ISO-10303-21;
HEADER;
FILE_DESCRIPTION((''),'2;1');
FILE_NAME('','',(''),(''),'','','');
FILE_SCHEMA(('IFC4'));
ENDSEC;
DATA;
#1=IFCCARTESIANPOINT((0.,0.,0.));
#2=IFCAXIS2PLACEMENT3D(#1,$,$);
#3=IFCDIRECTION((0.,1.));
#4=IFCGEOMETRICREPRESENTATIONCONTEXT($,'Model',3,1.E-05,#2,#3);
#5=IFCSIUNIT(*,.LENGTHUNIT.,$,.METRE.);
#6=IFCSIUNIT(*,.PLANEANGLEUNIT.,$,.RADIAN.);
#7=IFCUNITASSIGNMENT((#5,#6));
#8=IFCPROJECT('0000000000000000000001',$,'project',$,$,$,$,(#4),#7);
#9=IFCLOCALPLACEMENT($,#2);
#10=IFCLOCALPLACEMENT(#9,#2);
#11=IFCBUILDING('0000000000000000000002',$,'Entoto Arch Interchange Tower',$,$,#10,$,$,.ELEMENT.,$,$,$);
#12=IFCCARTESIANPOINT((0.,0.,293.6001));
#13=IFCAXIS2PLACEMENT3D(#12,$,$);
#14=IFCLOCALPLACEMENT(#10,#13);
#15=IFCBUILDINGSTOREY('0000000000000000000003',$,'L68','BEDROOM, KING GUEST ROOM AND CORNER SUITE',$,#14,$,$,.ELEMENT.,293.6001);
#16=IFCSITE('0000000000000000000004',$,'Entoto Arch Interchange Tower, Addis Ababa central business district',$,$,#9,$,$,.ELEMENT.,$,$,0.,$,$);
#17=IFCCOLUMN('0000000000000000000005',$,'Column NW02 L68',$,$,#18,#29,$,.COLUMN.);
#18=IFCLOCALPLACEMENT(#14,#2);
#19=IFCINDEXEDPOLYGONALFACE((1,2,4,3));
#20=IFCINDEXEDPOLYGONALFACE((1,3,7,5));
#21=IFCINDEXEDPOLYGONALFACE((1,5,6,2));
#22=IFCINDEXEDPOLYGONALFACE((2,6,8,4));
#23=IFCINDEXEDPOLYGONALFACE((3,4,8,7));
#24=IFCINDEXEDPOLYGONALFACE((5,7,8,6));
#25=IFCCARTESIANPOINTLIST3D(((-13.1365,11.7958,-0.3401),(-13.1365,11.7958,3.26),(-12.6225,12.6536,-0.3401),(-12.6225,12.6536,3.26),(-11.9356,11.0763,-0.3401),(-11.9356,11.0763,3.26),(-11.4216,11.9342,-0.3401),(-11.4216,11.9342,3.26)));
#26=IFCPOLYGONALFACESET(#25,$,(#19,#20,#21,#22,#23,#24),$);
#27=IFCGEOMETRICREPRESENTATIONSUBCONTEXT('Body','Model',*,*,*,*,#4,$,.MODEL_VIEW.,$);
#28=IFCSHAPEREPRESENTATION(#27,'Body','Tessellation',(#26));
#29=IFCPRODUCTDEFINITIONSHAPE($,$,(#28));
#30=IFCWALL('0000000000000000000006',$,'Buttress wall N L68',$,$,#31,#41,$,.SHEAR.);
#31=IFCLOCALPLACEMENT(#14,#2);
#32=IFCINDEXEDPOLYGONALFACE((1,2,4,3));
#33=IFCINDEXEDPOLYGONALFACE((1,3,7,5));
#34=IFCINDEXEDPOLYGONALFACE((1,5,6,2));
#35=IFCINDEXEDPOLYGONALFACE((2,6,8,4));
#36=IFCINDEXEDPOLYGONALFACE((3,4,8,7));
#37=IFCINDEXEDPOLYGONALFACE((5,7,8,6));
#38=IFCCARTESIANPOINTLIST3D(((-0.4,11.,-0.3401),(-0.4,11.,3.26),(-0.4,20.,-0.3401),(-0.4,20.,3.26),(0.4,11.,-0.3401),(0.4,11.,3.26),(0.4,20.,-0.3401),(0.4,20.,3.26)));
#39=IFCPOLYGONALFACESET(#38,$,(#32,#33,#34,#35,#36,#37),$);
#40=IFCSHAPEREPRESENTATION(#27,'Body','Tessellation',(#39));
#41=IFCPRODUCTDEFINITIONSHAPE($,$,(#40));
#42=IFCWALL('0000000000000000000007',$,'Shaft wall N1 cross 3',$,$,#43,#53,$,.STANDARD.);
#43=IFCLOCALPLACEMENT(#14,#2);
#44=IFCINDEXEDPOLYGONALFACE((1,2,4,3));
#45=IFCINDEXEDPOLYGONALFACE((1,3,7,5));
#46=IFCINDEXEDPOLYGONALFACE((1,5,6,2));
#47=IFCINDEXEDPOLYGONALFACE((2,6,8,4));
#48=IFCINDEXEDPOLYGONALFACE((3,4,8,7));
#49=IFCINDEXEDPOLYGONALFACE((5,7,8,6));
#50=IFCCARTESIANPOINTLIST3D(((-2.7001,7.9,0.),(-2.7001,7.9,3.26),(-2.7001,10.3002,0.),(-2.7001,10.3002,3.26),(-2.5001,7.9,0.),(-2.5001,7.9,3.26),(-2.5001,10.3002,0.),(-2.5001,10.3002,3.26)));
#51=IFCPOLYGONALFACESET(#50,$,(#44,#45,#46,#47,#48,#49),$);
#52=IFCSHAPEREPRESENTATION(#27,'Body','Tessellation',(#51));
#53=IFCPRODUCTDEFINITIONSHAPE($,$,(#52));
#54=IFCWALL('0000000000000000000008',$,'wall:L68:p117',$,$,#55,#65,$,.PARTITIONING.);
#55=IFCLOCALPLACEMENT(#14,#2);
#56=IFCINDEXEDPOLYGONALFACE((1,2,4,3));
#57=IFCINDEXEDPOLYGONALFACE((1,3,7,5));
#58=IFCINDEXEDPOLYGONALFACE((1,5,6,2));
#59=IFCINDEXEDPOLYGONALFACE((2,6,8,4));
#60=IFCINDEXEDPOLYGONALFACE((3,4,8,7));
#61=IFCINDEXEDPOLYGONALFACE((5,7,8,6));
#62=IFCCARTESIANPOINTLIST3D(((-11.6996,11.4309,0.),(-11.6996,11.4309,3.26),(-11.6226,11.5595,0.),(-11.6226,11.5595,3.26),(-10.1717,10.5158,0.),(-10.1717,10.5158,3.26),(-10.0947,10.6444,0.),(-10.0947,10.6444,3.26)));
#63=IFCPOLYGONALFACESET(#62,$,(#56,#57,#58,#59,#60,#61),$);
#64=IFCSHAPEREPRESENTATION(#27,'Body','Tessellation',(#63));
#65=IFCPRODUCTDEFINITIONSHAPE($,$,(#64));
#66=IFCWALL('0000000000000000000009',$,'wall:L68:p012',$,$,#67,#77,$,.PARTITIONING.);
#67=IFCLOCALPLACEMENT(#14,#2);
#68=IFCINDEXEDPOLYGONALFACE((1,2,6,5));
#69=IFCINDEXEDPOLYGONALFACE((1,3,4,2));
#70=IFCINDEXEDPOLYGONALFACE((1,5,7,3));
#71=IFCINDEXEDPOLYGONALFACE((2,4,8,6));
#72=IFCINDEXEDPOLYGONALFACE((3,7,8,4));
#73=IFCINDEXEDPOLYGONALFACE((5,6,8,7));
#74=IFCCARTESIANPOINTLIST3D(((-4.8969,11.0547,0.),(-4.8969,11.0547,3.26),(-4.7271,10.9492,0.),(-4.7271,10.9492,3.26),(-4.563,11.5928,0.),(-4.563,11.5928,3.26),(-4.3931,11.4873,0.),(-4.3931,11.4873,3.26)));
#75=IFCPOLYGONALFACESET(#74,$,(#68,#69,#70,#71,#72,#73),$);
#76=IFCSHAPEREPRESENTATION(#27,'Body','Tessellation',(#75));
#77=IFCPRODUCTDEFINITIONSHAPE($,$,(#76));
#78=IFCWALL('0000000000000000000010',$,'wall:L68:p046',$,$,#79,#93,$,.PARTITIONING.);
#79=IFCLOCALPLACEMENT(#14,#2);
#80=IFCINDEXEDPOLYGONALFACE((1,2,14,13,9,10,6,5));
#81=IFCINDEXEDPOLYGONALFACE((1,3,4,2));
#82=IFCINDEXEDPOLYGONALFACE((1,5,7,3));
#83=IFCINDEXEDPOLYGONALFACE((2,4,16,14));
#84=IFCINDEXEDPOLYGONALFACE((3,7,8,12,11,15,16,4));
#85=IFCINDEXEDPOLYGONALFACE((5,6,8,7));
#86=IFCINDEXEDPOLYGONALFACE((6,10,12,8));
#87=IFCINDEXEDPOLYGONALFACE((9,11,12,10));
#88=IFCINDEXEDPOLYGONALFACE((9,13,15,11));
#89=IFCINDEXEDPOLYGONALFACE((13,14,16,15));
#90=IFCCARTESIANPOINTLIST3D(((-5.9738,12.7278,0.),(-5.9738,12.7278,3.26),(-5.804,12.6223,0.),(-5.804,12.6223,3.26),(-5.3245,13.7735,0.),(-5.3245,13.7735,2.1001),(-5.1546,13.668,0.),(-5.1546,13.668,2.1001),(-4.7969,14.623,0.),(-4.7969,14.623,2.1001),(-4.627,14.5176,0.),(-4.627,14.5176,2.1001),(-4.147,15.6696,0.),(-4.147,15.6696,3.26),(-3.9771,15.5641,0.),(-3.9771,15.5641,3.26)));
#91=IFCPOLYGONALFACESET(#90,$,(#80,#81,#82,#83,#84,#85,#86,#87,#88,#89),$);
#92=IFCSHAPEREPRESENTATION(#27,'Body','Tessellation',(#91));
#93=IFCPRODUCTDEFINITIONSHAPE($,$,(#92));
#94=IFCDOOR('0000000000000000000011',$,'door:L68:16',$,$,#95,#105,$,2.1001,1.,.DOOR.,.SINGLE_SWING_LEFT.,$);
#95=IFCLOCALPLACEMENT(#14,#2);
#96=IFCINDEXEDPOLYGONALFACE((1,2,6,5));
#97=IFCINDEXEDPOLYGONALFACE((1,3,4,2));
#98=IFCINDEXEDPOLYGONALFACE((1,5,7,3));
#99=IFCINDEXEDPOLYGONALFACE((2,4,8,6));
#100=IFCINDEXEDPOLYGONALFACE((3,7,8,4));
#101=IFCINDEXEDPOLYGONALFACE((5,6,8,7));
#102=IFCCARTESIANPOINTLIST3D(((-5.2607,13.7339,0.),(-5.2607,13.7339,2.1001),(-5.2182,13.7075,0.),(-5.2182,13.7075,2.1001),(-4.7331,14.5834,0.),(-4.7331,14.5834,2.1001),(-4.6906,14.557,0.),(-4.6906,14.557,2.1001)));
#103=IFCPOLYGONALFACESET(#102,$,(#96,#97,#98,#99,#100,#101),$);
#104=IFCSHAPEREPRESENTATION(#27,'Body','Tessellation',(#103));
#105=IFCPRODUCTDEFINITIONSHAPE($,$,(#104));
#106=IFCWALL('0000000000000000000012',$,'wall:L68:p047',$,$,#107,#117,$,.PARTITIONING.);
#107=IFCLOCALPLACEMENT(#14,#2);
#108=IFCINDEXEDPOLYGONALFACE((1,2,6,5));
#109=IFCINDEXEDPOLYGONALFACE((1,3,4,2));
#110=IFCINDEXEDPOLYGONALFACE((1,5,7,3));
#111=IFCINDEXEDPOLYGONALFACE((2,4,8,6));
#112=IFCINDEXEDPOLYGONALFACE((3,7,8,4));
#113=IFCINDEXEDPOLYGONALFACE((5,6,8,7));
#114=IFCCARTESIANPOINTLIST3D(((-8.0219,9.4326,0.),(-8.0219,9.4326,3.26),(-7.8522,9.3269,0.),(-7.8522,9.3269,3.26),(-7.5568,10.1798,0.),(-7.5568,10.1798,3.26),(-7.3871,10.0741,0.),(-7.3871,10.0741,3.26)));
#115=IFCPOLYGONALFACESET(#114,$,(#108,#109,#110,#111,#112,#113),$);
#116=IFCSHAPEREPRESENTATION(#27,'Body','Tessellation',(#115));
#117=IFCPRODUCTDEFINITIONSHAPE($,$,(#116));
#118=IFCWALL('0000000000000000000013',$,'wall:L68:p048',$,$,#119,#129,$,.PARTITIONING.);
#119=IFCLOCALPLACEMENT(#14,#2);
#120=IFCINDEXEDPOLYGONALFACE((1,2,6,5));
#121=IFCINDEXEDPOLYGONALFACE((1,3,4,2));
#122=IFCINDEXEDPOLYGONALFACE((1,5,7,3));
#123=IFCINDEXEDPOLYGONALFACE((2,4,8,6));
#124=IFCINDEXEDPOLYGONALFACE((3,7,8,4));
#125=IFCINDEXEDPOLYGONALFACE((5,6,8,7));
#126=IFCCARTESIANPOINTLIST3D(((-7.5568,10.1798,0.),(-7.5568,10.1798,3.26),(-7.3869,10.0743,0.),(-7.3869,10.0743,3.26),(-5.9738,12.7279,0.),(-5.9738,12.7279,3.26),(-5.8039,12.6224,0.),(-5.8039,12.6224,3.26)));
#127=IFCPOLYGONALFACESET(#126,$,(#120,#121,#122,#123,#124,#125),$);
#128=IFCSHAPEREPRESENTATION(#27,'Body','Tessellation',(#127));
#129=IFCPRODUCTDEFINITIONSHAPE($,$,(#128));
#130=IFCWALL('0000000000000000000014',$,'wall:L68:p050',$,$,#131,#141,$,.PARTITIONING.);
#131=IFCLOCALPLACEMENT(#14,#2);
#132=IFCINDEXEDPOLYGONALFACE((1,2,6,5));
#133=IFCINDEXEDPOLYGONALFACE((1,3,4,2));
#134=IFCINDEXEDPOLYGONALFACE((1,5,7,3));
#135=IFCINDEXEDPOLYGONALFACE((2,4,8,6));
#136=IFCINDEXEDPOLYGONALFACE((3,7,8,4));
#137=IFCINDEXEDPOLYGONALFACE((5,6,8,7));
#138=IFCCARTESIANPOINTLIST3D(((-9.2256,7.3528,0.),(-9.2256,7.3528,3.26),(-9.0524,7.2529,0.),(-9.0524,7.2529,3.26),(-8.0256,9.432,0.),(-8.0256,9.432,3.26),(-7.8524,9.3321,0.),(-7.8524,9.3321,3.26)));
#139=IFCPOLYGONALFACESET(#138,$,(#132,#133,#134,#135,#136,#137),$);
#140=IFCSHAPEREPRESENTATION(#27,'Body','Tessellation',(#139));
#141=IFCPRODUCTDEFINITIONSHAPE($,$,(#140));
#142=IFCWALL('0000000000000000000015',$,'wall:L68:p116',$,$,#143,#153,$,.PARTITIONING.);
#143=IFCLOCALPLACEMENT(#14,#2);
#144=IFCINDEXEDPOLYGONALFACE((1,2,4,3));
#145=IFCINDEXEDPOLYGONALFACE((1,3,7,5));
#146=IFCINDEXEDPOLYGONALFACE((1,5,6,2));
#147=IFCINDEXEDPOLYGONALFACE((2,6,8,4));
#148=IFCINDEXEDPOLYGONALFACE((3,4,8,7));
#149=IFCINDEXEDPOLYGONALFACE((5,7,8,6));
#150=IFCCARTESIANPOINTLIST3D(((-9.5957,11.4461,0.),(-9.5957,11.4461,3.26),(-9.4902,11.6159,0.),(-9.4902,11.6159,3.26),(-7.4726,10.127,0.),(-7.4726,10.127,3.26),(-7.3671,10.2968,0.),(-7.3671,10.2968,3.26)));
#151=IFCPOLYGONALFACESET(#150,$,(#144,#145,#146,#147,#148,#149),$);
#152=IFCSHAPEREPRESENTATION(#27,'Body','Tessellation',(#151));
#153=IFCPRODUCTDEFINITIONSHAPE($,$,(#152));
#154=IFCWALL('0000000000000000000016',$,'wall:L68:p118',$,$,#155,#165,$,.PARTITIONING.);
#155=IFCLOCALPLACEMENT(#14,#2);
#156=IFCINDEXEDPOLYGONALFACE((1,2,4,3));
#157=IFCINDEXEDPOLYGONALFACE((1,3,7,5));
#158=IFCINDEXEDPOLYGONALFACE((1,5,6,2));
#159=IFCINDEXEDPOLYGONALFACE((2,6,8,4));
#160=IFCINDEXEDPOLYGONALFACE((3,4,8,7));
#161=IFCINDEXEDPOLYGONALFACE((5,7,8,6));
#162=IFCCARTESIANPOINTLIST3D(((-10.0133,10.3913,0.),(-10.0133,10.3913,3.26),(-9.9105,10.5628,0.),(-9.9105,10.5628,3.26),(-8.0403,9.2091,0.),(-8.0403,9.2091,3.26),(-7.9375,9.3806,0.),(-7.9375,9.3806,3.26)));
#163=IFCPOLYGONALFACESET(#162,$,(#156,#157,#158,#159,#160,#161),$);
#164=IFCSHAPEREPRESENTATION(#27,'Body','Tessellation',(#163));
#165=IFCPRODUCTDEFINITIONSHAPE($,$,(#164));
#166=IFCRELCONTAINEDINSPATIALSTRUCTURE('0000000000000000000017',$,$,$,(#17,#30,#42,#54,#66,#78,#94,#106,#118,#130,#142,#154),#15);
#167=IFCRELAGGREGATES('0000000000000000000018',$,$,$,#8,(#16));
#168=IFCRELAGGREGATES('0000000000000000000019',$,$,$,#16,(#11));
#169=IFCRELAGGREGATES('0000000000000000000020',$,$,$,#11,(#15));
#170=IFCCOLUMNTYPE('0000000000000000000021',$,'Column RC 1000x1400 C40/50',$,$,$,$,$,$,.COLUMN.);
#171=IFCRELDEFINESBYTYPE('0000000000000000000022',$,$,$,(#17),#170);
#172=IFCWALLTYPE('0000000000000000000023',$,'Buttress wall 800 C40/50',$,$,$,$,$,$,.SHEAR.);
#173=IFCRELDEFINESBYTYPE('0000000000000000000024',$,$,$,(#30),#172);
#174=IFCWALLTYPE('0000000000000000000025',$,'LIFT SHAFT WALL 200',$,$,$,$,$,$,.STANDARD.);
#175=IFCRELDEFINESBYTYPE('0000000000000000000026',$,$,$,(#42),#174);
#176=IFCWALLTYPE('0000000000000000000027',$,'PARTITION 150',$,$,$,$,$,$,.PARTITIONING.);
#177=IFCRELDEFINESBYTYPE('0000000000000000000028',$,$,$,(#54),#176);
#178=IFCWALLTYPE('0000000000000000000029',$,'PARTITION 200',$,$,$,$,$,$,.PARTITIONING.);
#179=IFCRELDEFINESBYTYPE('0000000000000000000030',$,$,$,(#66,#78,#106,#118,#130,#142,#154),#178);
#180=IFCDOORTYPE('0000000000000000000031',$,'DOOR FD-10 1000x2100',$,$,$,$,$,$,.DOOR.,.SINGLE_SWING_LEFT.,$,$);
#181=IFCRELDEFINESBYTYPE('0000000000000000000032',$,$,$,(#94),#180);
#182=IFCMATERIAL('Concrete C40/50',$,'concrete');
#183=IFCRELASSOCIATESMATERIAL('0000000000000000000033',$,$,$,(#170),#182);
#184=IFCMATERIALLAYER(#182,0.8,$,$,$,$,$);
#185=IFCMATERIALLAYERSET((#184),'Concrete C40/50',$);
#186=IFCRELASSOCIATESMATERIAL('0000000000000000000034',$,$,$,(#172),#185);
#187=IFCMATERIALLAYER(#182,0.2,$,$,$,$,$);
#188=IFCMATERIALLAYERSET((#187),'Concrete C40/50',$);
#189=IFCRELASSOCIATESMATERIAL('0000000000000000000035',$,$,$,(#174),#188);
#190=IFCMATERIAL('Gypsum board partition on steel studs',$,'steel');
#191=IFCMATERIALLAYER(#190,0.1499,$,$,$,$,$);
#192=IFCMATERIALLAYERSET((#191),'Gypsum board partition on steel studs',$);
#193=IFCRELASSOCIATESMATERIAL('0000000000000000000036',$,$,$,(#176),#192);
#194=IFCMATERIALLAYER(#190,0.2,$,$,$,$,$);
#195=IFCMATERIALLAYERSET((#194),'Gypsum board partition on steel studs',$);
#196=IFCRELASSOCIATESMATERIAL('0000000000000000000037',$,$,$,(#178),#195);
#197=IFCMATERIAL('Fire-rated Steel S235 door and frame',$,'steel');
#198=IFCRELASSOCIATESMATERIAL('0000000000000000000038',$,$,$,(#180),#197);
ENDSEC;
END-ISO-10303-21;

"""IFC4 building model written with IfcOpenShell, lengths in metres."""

from ifc_helpers import new_model, si_unit, direction, frame, frame_2d, origin, origin_2d, place, context, subcontext, project, spatial, rectangle, extrude, material, layer, layer_set, material_profile, profile_set, type_object, element, fill, save


model = new_model("IFC4")

# Units and contexts
model_context = context("Model", 3, precision=1e-05, world=origin(), true_north=direction((0.0, 1.0)))
body_context = subcontext(model_context, "Body", "Model", "MODEL_VIEW")
ifc_project = project(units=[si_unit("LENGTHUNIT", "METRE"), si_unit("PLANEANGLEUNIT", "RADIAN")], contexts=[model_context])

# Site, building, storey
site_placement = place(None, origin())
site = spatial("IfcSite", under=ifc_project, at=site_placement, Name="Entoto Arch Interchange Tower, Addis Ababa central business district", CompositionType="ELEMENT", RefElevation=0.0)
building_placement = place(site_placement, origin())
building = spatial("IfcBuilding", under=site, at=building_placement, Name="Entoto Arch Interchange Tower", CompositionType="ELEMENT")
storey_placement = place(building_placement, frame((0.0, 0.0, 293.6001)))
storey = spatial("IfcBuildingStorey", under=building, at=storey_placement, Name="L68", Description="BEDROOM, KING GUEST ROOM AND CORNER SUITE", CompositionType="ELEMENT", Elevation=293.6001)

# Column
ifc_material_1 = material(Name="Concrete C40/50", Category="concrete")
ifc_material_profile = material_profile(ifc_material_1, rectangle(XDim=1.0, YDim=1.3999, at=origin_2d()))
ifc_profile_set = profile_set([ifc_material_profile], Name="Concrete C40/50")
column_type = type_object("IfcColumnType", Name="Column RC 1000x1400 C40/50", PredefinedType="COLUMN", material=ifc_profile_set)
column_placement = place(storey_placement, frame((-12.2791, 11.865, -0.3401), z_axis=(0.0, 0.0, 1.0), x_axis=(0.513946, 0.857823, 0.0)))
element("IfcColumn", 1, at=column_placement, inside=storey, type_object=column_type, Name="Column NW02 L68", PredefinedType="COLUMN", context=body_context, shape_type="SweptSolid", body=[
    extrude(rectangle(XDim=1.0, YDim=1.3999, at=origin_2d()), origin(), (0.0, 0.0, 1.0), 3.6001),
])

# Walls
ifc_layer_1 = layer(ifc_material_1, 0.8)
ifc_layer_set_1 = layer_set([ifc_layer_1], Name="Concrete C40/50")
wall_type_1 = type_object("IfcWallType", Name="Buttress wall 800 C40/50", PredefinedType="SHEAR", material=ifc_layer_set_1)
wall_1_placement = place(storey_placement, frame((0.0, 11.0, -0.3401), z_axis=(0.0, 0.0, 1.0), x_axis=(0.0, 1.0, 0.0)))
element("IfcWall", 2, at=wall_1_placement, inside=storey, type_object=wall_type_1, Name="Buttress wall N L68", PredefinedType="SHEAR", context=body_context, shape_type="SweptSolid", body=[
    extrude(rectangle(XDim=9.0, YDim=0.8, at=frame_2d((4.5, 0.0))), origin(), (0.0, 0.0, 1.0), 3.6001),
])
ifc_layer_2 = layer(ifc_material_1, 0.2)
ifc_layer_set_2 = layer_set([ifc_layer_2], Name="Concrete C40/50")
wall_type_2 = type_object("IfcWallType", Name="LIFT SHAFT WALL 200", PredefinedType="STANDARD", material=ifc_layer_set_2)
wall_2_placement = place(storey_placement, frame((-2.6001, 7.8999, 0.0), z_axis=(0.0, 0.0, 1.0), x_axis=(0.0, 1.0, 0.0)))
element("IfcWall", 3, at=wall_2_placement, inside=storey, type_object=wall_type_2, Name="Shaft wall N1 cross 3", PredefinedType="STANDARD", context=body_context, shape_type="SweptSolid", body=[
    extrude(rectangle(XDim=2.4001, YDim=0.2, at=frame_2d((1.2002, 0.0))), origin(), (0.0, 0.0, 1.0), 3.26),
])
ifc_material_2 = material(Name="Gypsum board partition on steel studs", Category="steel")
ifc_layer_3 = layer(ifc_material_2, 0.1499)
ifc_layer_set_3 = layer_set([ifc_layer_3], Name="Gypsum board partition on steel studs")
wall_type_3 = type_object("IfcWallType", Name="PARTITION 150", PredefinedType="PARTITIONING", material=ifc_layer_set_3)
wall_3_placement = place(storey_placement, frame((-10.1331, 10.5801, 0.0), z_axis=(0.0, 0.0, 1.0), x_axis=(-0.857904, 0.51381, 0.0)))
element("IfcWall", 4, at=wall_3_placement, inside=storey, type_object=wall_type_3, Name="wall:L68:p117", PredefinedType="PARTITIONING", context=body_context, shape_type="SweptSolid", body=[
    extrude(rectangle(XDim=1.781, YDim=0.1499, at=frame_2d((0.8906, 0.0))), origin(), (0.0, 0.0, 1.0), 3.26),
])
ifc_layer_4 = layer(ifc_material_2, 0.2)
ifc_layer_set_4 = layer_set([ifc_layer_4], Name="Gypsum board partition on steel studs")
wall_type_4 = type_object("IfcWallType", Name="PARTITION 200", PredefinedType="PARTITIONING", material=ifc_layer_set_4)
wall_4_placement = place(storey_placement, frame((-4.478, 11.54, 0.0), z_axis=(0.0, 0.0, 1.0), x_axis=(-0.527363, -0.84964, 0.0)))
element("IfcWall", 5, at=wall_4_placement, inside=storey, type_object=wall_type_4, Name="wall:L68:p012", PredefinedType="PARTITIONING", context=body_context, shape_type="SweptSolid", body=[
    extrude(rectangle(XDim=0.6333, YDim=0.2, at=frame_2d((0.3167, 0.0))), origin(), (0.0, 0.0, 1.0), 3.26),
])

# Wall, opening, door
wall_5_placement = place(storey_placement, frame((-5.8889, 12.675, 0.0), z_axis=(0.0, 0.0, 1.0), x_axis=(0.527551, 0.849524, 0.0)))
wall_5 = element("IfcWall", 6, at=wall_5_placement, inside=storey, type_object=wall_type_4, Name="wall:L68:p046", PredefinedType="PARTITIONING", context=body_context, shape_type="SweptSolid", body=[
    extrude(rectangle(XDim=3.4629, YDim=0.2, at=frame_2d((1.7314, 0.0))), origin(), (0.0, 0.0, 1.0), 3.26),
])
opening_1_placement = place(wall_5_placement, frame((1.231, 0.0, 0.0)))
opening_1 = element("IfcOpeningElement", 7, at=opening_1_placement, cuts=wall_5, PredefinedType="OPENING", context=body_context, shape_type="SweptSolid", body=[
    extrude(rectangle(XDim=1.0, YDim=2.1001, at=frame_2d((0.5, 1.05))), frame((0.0, 0.1099, 0.0), z_axis=(0.0, -1.0, 0.0), x_axis=(1.0, 0.0, 0.0)), (0.0, 0.0, 1.0), 0.22),
])
ifc_material_3 = material(Name="Fire-rated Steel S235 door and frame", Category="steel")
door_type_1 = type_object("IfcDoorType", Name="DOOR FD-10 1000x2100", OperationType="SINGLE_SWING_LEFT", PredefinedType="DOOR", material=ifc_material_3)
door_1_placement = place(opening_1_placement, origin())
door_1 = element("IfcDoor", 8, at=door_1_placement, inside=storey, type_object=door_type_1, Name="door:L68:16", OperationType="SINGLE_SWING_LEFT", OverallHeight=2.1001, OverallWidth=1.0, PredefinedType="DOOR", context=body_context, shape_type="SweptSolid", body=[
    extrude(rectangle(XDim=1.0, YDim=2.1001, at=frame_2d((0.5, 1.05))), frame((0.0, 0.0249, 0.0), z_axis=(0.0, -1.0, 0.0), x_axis=(1.0, 0.0, 0.0)), (0.0, 0.0, 1.0), 0.05),
])
fill(opening_1, door_1)

# Walls
wall_6_placement = place(storey_placement, frame((-7.937, 9.3799, 0.0), z_axis=(0.0, 0.0, 1.0), x_axis=(0.528502, 0.848932, 0.0)))
element("IfcWall", 9, at=wall_6_placement, inside=storey, type_object=wall_type_4, Name="wall:L68:p047", PredefinedType="PARTITIONING", context=body_context, shape_type="SweptSolid", body=[
    extrude(rectangle(XDim=0.8801, YDim=0.2, at=frame_2d((0.4399, 0.0))), origin(), (0.0, 0.0, 1.0), 3.26),
])
wall_7_placement = place(storey_placement, frame((-7.4719, 10.127, 0.0), z_axis=(0.0, 0.0, 1.0), x_axis=(0.527707, 0.849426, 0.0)))
element("IfcWall", 10, at=wall_7_placement, inside=storey, type_object=wall_type_4, Name="wall:L68:p048", PredefinedType="PARTITIONING", context=body_context, shape_type="SweptSolid", body=[
    extrude(rectangle(XDim=2.9998, YDim=0.2, at=frame_2d((1.5, 0.0))), origin(), (0.0, 0.0, 1.0), 3.26),
])
wall_8_placement = place(storey_placement, frame((-9.1389, 7.303, 0.0), z_axis=(0.0, 0.0, 1.0), x_axis=(0.499869, 0.866101, 0.0)))
element("IfcWall", 11, at=wall_8_placement, inside=storey, type_object=wall_type_4, Name="wall:L68:p050", PredefinedType="PARTITIONING", context=body_context, shape_type="SweptSolid", body=[
    extrude(rectangle(XDim=2.4006, YDim=0.2, at=frame_2d((1.2002, 0.0))), origin(), (0.0, 0.0, 1.0), 3.26),
])
wall_9_placement = place(storey_placement, frame((-9.543, 11.531, 0.0), z_axis=(0.0, 0.0, 1.0), x_axis=(0.8494, -0.527749, 0.0)))
element("IfcWall", 12, at=wall_9_placement, inside=storey, type_object=wall_type_4, Name="wall:L68:p116", PredefinedType="PARTITIONING", context=body_context, shape_type="SweptSolid", body=[
    extrude(rectangle(XDim=2.4995, YDim=0.2, at=frame_2d((1.2498, 0.0))), origin(), (0.0, 0.0, 1.0), 3.26),
])
wall_10_placement = place(storey_placement, frame((-7.989, 9.2949, 0.0), z_axis=(0.0, 0.0, 1.0), x_axis=(-0.857802, 0.513981, 0.0)))
element("IfcWall", 13, at=wall_10_placement, inside=storey, type_object=wall_type_4, Name="wall:L68:p118", PredefinedType="PARTITIONING", context=body_context, shape_type="SweptSolid", body=[
    extrude(rectangle(XDim=2.3, YDim=0.2, at=frame_2d((1.1499, 0.0))), origin(), (0.0, 0.0, 1.0), 3.26),
])

save(model, "model.ifc")
